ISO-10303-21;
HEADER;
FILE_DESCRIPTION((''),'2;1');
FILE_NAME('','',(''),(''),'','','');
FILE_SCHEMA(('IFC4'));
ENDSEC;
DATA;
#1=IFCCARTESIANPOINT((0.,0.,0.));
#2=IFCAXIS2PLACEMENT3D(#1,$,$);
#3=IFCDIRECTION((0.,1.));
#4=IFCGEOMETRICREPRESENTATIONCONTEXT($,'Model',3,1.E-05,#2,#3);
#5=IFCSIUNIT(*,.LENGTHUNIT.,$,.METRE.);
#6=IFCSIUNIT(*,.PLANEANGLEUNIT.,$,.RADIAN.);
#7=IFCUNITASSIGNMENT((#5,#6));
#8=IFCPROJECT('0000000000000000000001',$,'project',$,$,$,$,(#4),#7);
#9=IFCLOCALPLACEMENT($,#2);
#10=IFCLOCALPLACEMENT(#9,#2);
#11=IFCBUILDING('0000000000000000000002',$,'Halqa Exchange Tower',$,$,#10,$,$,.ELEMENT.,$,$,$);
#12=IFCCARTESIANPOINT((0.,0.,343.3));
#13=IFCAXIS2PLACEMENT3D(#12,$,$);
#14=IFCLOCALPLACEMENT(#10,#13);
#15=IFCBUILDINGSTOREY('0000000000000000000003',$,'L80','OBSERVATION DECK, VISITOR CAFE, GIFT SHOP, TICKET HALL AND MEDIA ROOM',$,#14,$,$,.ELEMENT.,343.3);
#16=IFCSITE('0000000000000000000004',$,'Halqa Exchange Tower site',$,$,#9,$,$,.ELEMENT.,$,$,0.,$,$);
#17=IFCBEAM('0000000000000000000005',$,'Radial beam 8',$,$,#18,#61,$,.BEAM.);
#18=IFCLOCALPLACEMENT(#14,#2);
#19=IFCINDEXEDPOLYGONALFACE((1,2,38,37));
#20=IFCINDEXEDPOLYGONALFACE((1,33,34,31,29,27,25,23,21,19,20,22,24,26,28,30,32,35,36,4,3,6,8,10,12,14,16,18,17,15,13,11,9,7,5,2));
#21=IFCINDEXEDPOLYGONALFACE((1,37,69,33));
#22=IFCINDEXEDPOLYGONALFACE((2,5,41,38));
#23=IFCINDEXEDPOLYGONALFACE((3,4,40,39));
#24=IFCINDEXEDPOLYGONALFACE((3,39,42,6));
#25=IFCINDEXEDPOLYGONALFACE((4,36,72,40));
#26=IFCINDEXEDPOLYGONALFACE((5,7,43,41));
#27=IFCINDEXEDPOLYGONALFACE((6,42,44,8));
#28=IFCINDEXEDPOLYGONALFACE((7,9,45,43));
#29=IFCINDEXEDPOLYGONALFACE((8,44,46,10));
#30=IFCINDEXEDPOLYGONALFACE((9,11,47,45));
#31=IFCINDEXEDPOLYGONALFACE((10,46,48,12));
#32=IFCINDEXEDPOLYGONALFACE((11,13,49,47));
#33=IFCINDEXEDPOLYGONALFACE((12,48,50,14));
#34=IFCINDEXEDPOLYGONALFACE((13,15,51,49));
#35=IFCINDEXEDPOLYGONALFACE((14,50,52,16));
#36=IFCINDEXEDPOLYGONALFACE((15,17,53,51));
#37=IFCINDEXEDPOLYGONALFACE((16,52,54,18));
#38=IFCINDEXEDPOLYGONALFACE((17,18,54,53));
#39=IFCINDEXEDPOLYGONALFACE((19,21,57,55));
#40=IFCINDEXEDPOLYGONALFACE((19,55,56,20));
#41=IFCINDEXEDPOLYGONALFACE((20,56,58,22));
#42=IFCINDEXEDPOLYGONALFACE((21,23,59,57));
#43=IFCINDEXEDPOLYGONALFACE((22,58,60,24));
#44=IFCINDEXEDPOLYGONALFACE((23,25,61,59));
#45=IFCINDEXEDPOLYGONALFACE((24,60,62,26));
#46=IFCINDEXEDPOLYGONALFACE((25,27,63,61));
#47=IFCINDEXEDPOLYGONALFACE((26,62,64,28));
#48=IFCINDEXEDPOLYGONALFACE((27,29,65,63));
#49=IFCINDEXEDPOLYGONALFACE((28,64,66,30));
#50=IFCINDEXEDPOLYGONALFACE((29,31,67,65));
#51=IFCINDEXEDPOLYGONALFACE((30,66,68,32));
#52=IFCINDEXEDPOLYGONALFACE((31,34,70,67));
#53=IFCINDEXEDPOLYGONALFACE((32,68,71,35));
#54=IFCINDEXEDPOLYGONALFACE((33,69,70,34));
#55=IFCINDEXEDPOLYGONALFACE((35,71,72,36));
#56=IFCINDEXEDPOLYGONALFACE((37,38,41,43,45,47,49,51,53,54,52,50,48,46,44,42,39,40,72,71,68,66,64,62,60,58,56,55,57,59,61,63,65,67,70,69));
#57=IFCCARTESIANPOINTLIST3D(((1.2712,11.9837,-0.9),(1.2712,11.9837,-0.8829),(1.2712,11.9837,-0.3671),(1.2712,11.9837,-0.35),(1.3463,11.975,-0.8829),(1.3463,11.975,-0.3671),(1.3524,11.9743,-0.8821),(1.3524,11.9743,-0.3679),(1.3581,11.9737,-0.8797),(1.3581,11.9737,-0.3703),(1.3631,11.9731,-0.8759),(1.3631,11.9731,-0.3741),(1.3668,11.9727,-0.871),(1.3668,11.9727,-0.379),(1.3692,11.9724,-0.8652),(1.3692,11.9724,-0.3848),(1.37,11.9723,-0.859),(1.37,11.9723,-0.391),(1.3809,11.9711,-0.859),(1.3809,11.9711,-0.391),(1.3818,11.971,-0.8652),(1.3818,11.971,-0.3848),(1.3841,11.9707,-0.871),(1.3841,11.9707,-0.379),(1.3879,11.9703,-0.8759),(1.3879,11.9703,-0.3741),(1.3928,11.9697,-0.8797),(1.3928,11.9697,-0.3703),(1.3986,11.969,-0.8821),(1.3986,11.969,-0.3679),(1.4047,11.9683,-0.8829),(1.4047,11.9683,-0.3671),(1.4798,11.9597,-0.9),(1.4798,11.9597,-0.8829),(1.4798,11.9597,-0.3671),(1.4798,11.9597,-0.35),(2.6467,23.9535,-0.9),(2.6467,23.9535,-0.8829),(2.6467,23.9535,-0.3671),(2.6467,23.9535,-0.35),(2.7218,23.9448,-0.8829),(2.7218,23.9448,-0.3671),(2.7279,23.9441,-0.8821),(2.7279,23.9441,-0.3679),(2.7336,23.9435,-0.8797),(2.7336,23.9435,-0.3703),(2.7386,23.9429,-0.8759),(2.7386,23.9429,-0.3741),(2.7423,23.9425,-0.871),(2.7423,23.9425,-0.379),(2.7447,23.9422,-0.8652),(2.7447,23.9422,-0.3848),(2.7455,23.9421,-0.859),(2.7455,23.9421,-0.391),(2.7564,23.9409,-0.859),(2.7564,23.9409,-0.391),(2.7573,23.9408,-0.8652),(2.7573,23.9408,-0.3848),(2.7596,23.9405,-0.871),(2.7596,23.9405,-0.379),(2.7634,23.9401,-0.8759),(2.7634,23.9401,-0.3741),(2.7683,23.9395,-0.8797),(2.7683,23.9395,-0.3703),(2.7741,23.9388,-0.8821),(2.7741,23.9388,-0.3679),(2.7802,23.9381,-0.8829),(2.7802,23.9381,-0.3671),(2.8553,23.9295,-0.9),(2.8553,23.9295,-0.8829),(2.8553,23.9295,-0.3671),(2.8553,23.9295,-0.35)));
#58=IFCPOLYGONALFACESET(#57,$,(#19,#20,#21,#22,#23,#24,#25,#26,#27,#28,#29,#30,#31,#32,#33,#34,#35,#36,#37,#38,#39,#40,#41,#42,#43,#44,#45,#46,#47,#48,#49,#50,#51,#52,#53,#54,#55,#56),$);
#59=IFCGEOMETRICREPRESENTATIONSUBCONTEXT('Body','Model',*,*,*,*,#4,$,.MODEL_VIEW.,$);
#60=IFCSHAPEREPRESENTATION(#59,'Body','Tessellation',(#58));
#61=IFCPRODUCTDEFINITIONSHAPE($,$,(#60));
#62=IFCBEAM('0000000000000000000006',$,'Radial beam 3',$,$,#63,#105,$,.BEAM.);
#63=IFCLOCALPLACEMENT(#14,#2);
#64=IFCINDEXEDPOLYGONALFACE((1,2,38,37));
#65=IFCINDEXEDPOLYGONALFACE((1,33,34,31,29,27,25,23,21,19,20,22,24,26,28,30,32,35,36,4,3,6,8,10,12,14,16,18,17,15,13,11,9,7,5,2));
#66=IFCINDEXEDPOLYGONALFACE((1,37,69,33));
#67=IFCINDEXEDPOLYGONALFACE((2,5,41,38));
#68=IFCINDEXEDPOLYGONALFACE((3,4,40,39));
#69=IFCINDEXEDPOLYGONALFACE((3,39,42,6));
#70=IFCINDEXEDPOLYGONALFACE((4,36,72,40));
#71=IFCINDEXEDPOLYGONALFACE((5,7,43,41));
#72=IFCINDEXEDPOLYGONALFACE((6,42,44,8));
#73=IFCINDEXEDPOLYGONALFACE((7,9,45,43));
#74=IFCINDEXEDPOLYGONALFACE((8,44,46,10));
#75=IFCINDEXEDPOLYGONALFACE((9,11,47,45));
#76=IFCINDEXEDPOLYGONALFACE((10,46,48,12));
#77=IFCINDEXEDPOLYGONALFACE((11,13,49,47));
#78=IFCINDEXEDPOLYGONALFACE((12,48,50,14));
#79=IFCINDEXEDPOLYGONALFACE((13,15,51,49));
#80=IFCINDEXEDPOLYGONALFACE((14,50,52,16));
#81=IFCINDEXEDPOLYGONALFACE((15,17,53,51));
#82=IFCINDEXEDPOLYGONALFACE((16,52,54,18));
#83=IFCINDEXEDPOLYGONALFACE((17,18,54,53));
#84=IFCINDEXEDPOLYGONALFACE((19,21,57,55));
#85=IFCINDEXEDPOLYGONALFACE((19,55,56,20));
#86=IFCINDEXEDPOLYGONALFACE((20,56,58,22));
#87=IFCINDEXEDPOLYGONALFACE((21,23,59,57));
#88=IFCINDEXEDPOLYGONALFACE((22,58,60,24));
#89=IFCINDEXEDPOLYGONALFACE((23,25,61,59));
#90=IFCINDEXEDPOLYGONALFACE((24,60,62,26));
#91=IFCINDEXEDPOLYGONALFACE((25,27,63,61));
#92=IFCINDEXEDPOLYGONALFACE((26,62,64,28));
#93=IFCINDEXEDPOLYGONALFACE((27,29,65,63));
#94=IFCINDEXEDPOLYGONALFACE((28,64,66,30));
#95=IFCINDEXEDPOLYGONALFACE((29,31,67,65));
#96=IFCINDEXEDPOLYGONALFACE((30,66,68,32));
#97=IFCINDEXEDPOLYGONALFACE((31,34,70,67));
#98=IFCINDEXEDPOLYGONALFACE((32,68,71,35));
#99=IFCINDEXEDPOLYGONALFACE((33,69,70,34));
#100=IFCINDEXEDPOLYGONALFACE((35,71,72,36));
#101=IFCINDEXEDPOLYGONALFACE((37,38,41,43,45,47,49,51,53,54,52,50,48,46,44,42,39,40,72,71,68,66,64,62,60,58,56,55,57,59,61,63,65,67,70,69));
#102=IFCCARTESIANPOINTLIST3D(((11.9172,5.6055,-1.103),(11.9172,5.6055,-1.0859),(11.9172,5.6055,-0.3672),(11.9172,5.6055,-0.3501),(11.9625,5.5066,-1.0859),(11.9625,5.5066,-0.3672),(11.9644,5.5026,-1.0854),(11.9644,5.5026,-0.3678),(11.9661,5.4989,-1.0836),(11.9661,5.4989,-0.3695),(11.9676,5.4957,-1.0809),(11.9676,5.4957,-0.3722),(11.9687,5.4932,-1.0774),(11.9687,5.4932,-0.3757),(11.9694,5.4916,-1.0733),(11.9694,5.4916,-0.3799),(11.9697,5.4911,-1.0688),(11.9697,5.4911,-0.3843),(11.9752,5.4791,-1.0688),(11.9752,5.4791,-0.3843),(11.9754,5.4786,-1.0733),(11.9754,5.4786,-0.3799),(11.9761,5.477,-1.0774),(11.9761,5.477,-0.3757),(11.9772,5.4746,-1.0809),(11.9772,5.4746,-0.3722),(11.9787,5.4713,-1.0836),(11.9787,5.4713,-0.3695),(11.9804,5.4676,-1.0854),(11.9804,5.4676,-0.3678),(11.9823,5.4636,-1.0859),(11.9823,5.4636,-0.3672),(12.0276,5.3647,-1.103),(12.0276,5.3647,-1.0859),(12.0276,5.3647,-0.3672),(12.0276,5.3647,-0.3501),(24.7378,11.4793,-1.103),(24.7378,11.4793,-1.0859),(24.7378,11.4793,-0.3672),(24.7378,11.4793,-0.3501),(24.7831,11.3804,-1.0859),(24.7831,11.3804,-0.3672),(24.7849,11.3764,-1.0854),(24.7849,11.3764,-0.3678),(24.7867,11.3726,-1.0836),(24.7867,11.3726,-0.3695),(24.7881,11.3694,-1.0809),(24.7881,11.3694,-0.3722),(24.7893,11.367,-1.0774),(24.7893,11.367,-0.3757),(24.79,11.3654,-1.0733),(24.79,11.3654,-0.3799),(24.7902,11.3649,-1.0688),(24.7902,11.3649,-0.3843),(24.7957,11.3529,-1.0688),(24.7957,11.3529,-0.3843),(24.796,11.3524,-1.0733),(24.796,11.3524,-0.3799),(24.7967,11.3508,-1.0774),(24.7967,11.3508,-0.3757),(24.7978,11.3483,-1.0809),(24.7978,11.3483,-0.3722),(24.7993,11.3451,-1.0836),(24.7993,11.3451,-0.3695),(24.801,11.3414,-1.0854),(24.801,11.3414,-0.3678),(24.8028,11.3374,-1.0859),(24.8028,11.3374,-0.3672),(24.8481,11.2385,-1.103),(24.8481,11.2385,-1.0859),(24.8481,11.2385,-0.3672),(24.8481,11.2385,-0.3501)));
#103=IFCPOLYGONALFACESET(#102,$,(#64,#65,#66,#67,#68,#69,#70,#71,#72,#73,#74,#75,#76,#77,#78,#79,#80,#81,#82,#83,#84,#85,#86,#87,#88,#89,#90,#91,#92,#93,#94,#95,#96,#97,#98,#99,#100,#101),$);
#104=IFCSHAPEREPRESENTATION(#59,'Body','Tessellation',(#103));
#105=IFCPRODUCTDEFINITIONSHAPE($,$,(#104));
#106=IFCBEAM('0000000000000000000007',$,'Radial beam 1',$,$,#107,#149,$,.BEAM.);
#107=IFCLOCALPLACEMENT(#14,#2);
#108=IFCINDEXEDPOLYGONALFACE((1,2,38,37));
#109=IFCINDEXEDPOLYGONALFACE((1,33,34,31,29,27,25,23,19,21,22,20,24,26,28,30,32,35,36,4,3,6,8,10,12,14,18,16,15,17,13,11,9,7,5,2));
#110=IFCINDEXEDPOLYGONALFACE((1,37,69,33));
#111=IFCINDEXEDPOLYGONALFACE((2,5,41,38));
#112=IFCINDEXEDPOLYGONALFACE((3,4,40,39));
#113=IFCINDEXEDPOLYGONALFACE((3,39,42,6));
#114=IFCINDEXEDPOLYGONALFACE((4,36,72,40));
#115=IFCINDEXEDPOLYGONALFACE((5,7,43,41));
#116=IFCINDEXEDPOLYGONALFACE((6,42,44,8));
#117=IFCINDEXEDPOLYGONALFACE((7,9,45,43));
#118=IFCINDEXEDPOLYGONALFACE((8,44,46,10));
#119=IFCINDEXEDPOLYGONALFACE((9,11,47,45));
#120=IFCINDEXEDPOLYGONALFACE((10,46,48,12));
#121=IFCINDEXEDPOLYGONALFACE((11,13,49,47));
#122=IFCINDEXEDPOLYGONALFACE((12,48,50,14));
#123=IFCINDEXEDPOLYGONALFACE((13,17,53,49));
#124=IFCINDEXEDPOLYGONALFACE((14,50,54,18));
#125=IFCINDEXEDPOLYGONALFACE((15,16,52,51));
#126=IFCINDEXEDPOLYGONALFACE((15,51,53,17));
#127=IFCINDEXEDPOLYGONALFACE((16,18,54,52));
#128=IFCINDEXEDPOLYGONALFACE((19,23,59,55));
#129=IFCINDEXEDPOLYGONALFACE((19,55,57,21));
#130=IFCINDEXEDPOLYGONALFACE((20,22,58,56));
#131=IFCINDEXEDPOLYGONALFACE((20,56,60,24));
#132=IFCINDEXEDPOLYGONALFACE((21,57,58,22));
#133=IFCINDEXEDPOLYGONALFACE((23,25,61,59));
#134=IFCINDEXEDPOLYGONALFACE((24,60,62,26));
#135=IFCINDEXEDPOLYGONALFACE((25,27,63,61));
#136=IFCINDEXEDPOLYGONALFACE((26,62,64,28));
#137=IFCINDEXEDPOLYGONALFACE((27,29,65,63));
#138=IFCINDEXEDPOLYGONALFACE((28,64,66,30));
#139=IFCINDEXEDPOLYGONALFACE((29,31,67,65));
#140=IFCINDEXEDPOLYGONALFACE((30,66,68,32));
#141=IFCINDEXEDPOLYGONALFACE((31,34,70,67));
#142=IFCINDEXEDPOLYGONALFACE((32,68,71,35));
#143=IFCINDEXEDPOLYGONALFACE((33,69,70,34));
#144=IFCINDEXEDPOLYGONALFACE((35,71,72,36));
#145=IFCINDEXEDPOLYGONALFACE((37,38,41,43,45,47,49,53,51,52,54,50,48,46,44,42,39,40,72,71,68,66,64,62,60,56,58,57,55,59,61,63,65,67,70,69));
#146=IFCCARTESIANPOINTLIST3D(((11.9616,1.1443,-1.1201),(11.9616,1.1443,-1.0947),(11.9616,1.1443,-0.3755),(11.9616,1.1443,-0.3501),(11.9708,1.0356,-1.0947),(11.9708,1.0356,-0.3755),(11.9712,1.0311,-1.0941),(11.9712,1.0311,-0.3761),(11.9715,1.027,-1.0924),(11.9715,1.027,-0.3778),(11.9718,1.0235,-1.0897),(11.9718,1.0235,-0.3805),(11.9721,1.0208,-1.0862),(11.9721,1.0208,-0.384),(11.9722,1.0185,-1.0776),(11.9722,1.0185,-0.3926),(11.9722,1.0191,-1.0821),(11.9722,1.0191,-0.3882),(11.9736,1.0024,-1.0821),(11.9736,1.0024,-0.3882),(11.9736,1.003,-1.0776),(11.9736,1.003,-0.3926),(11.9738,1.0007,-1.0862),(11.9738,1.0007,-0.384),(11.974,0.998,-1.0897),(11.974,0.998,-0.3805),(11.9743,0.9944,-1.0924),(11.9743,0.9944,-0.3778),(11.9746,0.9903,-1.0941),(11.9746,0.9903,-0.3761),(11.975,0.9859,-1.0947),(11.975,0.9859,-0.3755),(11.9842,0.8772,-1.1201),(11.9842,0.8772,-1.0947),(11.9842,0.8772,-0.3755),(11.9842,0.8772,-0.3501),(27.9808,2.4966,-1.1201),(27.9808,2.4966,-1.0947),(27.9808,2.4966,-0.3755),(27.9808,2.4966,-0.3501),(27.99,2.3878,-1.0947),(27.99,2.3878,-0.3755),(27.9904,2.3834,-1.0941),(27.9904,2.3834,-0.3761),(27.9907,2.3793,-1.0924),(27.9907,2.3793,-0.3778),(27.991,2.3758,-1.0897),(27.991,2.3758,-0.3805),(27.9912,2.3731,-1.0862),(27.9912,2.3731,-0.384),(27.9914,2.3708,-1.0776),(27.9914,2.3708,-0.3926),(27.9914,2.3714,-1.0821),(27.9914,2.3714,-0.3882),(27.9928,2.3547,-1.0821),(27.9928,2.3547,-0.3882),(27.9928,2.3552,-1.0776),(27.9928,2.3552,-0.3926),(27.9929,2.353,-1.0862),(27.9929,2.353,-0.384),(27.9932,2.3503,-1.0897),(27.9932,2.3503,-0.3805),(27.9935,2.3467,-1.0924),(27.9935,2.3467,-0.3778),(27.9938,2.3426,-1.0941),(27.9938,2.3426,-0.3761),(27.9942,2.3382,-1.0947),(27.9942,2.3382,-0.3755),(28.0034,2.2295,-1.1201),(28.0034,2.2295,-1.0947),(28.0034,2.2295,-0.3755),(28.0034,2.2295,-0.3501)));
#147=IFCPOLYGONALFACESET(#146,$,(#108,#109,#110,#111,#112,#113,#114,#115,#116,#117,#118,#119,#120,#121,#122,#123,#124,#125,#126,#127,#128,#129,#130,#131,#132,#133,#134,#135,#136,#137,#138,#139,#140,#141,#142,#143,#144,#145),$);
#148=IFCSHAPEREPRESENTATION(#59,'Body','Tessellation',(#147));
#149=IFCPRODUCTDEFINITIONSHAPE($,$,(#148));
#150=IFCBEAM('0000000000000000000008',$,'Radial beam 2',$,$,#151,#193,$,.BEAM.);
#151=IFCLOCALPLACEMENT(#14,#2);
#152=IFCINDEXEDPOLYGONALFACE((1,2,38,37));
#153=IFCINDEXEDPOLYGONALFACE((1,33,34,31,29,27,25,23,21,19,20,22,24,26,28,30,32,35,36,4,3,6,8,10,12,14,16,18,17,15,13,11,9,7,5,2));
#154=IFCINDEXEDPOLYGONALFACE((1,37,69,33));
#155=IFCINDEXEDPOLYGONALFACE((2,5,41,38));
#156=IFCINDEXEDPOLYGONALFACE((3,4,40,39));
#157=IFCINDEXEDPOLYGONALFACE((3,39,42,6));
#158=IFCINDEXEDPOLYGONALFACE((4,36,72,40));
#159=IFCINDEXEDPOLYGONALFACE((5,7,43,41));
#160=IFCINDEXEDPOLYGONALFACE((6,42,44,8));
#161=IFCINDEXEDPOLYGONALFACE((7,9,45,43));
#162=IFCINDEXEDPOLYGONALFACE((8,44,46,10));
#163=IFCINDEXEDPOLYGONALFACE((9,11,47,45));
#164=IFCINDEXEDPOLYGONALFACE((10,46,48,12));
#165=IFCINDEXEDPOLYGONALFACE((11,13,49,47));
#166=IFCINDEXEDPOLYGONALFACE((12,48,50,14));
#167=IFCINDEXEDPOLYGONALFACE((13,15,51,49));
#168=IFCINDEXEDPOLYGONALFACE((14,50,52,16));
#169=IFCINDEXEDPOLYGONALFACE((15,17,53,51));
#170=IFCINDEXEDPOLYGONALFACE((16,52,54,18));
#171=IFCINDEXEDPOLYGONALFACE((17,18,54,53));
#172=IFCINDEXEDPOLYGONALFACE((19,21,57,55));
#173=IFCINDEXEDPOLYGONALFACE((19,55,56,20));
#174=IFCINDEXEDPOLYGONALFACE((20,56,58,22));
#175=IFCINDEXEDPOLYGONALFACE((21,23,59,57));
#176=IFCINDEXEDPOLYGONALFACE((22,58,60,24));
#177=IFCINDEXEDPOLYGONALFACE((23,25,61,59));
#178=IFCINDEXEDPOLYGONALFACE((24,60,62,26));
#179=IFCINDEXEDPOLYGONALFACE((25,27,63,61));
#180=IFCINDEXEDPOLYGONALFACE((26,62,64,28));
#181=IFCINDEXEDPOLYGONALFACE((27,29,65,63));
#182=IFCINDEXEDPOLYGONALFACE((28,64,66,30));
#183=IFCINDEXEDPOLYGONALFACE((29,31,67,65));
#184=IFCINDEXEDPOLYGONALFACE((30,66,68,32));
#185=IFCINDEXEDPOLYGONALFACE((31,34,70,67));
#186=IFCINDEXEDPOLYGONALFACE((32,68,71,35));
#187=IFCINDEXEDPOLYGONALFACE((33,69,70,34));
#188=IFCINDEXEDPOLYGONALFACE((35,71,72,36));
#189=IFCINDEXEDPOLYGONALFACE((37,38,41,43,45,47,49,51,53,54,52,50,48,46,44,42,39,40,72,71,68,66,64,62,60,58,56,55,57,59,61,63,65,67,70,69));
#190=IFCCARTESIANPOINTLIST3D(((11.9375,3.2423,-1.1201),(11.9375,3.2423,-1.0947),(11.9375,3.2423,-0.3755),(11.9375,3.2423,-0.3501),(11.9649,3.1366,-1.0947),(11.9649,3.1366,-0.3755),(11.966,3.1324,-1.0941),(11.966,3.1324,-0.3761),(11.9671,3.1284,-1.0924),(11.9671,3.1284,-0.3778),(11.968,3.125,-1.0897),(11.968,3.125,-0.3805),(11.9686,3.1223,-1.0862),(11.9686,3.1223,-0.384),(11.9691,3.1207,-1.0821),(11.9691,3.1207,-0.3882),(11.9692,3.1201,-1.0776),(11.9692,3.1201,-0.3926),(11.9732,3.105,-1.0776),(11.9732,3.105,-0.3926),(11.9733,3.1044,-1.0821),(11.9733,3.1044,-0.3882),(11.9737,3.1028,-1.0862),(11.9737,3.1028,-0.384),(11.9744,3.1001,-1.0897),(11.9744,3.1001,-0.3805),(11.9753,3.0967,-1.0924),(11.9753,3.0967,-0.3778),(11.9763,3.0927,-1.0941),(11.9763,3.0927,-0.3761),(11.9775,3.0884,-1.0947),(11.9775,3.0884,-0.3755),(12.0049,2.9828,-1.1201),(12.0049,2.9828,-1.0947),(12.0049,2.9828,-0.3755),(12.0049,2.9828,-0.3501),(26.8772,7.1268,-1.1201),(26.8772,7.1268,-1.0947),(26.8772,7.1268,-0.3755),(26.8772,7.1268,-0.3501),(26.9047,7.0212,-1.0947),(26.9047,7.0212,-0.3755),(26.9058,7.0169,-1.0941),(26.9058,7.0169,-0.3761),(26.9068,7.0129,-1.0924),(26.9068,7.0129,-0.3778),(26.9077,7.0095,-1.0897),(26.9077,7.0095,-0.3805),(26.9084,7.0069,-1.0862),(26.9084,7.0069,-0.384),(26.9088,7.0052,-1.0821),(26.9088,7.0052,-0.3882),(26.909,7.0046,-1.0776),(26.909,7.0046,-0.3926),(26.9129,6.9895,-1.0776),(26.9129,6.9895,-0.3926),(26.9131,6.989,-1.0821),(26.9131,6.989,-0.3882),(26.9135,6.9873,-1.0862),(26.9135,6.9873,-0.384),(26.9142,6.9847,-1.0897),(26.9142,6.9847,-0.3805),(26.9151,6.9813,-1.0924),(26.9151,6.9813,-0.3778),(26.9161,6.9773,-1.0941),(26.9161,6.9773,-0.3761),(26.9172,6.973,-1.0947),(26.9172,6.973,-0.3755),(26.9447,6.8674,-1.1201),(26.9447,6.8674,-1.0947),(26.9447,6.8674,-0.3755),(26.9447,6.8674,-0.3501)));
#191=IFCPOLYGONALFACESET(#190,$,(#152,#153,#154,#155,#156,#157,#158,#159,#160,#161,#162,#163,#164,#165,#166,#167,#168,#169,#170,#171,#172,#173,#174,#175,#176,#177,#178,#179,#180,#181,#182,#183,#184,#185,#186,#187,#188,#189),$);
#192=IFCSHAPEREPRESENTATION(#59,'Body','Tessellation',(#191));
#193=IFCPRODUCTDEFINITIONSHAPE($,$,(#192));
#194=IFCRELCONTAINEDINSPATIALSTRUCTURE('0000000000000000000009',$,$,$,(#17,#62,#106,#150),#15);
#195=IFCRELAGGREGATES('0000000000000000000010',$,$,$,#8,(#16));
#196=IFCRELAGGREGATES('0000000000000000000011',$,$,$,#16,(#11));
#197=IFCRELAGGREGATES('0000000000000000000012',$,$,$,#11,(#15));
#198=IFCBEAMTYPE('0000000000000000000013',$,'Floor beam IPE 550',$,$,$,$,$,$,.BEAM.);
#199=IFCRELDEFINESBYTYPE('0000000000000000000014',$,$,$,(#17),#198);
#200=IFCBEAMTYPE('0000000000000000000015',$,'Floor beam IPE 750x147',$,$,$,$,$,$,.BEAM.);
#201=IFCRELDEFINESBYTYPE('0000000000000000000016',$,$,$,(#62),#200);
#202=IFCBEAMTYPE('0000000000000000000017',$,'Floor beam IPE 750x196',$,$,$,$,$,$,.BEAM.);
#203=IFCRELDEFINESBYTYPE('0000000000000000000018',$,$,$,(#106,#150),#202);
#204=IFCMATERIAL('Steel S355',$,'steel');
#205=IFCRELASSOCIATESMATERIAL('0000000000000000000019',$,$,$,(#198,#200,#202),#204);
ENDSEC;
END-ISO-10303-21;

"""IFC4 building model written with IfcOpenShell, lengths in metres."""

from ifc_helpers import new_model, si_unit, direction, frame, origin, origin_2d, place, context, subcontext, project, spatial, i_section, extrude, material, material_profile, profile_set, type_object, element, save


model = new_model("IFC4")

# Units and contexts
model_context = context("Model", 3, precision=1e-05, world=origin(), true_north=direction((0.0, 1.0)))
body_context = subcontext(model_context, "Body", "Model", "MODEL_VIEW")
ifc_project = project(units=[si_unit("LENGTHUNIT", "METRE"), si_unit("PLANEANGLEUNIT", "RADIAN")], contexts=[model_context])

# Site, building, storey
site_placement = place(None, origin())
site = spatial("IfcSite", under=ifc_project, at=site_placement, Name="Halqa Exchange Tower site", CompositionType="ELEMENT", RefElevation=0.0)
building_placement = place(site_placement, origin())
building = spatial("IfcBuilding", under=site, at=building_placement, Name="Halqa Exchange Tower", CompositionType="ELEMENT")
storey_placement = place(building_placement, frame((0.0, 0.0, 343.3)))
storey = spatial("IfcBuildingStorey", under=building, at=storey_placement, Name="L80", Description="OBSERVATION DECK, VISITOR CAFE, GIFT SHOP, TICKET HALL AND MEDIA ROOM", CompositionType="ELEMENT", Elevation=343.3)

# Beams
ifc_material_1 = material(Name="Steel S355", Category="steel")
ifc_material_profile_1 = material_profile(ifc_material_1, i_section(OverallWidth=0.21, OverallDepth=0.55, WebThickness=0.011, FlangeThickness=0.0171, FilletRadius=0.0239, at=origin_2d()), Name="IPE 550")
ifc_profile_set_1 = profile_set([ifc_material_profile_1], Name="Steel S355")
beam_type_1 = type_object("IfcBeamType", Name="Floor beam IPE 550", PredefinedType="BEAM", material=ifc_profile_set_1)
beam_1_placement = place(storey_placement, frame((1.3755, 11.9717, -0.625), z_axis=(0.114163, 0.993462, 0.0), x_axis=(-0.993462, 0.114163, 0.0)))
element("IfcBeam", 1, at=beam_1_placement, inside=storey, type_object=beam_type_1, Name="Radial beam 8", PredefinedType="BEAM", context=body_context, shape_type="SweptSolid", body=[
    extrude(i_section(OverallWidth=0.21, OverallDepth=0.55, WebThickness=0.011, FlangeThickness=0.0171, FilletRadius=0.0239, at=origin_2d()), origin(), (0.0, 0.0, 1.0), 12.0486),
])
ifc_material_profile_2 = material_profile(ifc_material_1, i_section(OverallWidth=0.2649, OverallDepth=0.7529, WebThickness=0.0132, FlangeThickness=0.0171, FilletRadius=0.0171, at=origin_2d()), Name="IPE 750x147")
ifc_profile_set_2 = profile_set([ifc_material_profile_2], Name="Steel S355")
beam_type_2 = type_object("IfcBeamType", Name="Floor beam IPE 750x147", PredefinedType="BEAM", material=ifc_profile_set_2)
beam_2_placement = place(storey_placement, frame((11.9724, 5.4851, -0.7266), z_axis=(0.909127, 0.416519, 0.0), x_axis=(-0.416519, 0.909127, 0.0)))
element("IfcBeam", 2, at=beam_2_placement, inside=storey, type_object=beam_type_2, Name="Radial beam 3", PredefinedType="BEAM", context=body_context, shape_type="SweptSolid", body=[
    extrude(i_section(OverallWidth=0.2649, OverallDepth=0.7529, WebThickness=0.0132, FlangeThickness=0.0171, FilletRadius=0.0171, at=origin_2d()), origin(), (0.0, 0.0, 1.0), 14.1021),
])
ifc_material_profile_3 = material_profile(ifc_material_1, i_section(OverallWidth=0.2681, OverallDepth=0.77, WebThickness=0.0156, FlangeThickness=0.0254, FilletRadius=0.0171, at=origin_2d()), Name="IPE 750x196")
ifc_profile_set_3 = profile_set([ifc_material_profile_3], Name="Steel S355")
beam_type_3 = type_object("IfcBeamType", Name="Floor beam IPE 750x196", PredefinedType="BEAM", material=ifc_profile_set_3)
beam_3_placement = place(storey_placement, frame((11.9729, 1.0107, -0.7351), z_axis=(0.996456, 0.084117, 0.0), x_axis=(-0.084117, 0.996456, 0.0)))
element("IfcBeam", 3, at=beam_3_placement, inside=storey, type_object=beam_type_3, Name="Radial beam 1", PredefinedType="BEAM", context=body_context, shape_type="SweptSolid", body=[
    extrude(i_section(OverallWidth=0.2681, OverallDepth=0.77, WebThickness=0.0156, FlangeThickness=0.0254, FilletRadius=0.0171, at=origin_2d()), origin(), (0.0, 0.0, 1.0), 16.0762),
])
beam_4_placement = place(storey_placement, frame((11.9712, 3.1125, -0.7351), z_axis=(0.967819, 0.251646, 0.0), x_axis=(-0.251646, 0.967819, 0.0)))
element("IfcBeam", 4, at=beam_4_placement, inside=storey, type_object=beam_type_3, Name="Radial beam 2", PredefinedType="BEAM", context=body_context, shape_type="SweptSolid", body=[
    extrude(i_section(OverallWidth=0.2681, OverallDepth=0.77, WebThickness=0.0156, FlangeThickness=0.0254, FilletRadius=0.0171, at=origin_2d()), origin(), (0.0, 0.0, 1.0), 15.4365),
])

save(model, "model.ifc")
